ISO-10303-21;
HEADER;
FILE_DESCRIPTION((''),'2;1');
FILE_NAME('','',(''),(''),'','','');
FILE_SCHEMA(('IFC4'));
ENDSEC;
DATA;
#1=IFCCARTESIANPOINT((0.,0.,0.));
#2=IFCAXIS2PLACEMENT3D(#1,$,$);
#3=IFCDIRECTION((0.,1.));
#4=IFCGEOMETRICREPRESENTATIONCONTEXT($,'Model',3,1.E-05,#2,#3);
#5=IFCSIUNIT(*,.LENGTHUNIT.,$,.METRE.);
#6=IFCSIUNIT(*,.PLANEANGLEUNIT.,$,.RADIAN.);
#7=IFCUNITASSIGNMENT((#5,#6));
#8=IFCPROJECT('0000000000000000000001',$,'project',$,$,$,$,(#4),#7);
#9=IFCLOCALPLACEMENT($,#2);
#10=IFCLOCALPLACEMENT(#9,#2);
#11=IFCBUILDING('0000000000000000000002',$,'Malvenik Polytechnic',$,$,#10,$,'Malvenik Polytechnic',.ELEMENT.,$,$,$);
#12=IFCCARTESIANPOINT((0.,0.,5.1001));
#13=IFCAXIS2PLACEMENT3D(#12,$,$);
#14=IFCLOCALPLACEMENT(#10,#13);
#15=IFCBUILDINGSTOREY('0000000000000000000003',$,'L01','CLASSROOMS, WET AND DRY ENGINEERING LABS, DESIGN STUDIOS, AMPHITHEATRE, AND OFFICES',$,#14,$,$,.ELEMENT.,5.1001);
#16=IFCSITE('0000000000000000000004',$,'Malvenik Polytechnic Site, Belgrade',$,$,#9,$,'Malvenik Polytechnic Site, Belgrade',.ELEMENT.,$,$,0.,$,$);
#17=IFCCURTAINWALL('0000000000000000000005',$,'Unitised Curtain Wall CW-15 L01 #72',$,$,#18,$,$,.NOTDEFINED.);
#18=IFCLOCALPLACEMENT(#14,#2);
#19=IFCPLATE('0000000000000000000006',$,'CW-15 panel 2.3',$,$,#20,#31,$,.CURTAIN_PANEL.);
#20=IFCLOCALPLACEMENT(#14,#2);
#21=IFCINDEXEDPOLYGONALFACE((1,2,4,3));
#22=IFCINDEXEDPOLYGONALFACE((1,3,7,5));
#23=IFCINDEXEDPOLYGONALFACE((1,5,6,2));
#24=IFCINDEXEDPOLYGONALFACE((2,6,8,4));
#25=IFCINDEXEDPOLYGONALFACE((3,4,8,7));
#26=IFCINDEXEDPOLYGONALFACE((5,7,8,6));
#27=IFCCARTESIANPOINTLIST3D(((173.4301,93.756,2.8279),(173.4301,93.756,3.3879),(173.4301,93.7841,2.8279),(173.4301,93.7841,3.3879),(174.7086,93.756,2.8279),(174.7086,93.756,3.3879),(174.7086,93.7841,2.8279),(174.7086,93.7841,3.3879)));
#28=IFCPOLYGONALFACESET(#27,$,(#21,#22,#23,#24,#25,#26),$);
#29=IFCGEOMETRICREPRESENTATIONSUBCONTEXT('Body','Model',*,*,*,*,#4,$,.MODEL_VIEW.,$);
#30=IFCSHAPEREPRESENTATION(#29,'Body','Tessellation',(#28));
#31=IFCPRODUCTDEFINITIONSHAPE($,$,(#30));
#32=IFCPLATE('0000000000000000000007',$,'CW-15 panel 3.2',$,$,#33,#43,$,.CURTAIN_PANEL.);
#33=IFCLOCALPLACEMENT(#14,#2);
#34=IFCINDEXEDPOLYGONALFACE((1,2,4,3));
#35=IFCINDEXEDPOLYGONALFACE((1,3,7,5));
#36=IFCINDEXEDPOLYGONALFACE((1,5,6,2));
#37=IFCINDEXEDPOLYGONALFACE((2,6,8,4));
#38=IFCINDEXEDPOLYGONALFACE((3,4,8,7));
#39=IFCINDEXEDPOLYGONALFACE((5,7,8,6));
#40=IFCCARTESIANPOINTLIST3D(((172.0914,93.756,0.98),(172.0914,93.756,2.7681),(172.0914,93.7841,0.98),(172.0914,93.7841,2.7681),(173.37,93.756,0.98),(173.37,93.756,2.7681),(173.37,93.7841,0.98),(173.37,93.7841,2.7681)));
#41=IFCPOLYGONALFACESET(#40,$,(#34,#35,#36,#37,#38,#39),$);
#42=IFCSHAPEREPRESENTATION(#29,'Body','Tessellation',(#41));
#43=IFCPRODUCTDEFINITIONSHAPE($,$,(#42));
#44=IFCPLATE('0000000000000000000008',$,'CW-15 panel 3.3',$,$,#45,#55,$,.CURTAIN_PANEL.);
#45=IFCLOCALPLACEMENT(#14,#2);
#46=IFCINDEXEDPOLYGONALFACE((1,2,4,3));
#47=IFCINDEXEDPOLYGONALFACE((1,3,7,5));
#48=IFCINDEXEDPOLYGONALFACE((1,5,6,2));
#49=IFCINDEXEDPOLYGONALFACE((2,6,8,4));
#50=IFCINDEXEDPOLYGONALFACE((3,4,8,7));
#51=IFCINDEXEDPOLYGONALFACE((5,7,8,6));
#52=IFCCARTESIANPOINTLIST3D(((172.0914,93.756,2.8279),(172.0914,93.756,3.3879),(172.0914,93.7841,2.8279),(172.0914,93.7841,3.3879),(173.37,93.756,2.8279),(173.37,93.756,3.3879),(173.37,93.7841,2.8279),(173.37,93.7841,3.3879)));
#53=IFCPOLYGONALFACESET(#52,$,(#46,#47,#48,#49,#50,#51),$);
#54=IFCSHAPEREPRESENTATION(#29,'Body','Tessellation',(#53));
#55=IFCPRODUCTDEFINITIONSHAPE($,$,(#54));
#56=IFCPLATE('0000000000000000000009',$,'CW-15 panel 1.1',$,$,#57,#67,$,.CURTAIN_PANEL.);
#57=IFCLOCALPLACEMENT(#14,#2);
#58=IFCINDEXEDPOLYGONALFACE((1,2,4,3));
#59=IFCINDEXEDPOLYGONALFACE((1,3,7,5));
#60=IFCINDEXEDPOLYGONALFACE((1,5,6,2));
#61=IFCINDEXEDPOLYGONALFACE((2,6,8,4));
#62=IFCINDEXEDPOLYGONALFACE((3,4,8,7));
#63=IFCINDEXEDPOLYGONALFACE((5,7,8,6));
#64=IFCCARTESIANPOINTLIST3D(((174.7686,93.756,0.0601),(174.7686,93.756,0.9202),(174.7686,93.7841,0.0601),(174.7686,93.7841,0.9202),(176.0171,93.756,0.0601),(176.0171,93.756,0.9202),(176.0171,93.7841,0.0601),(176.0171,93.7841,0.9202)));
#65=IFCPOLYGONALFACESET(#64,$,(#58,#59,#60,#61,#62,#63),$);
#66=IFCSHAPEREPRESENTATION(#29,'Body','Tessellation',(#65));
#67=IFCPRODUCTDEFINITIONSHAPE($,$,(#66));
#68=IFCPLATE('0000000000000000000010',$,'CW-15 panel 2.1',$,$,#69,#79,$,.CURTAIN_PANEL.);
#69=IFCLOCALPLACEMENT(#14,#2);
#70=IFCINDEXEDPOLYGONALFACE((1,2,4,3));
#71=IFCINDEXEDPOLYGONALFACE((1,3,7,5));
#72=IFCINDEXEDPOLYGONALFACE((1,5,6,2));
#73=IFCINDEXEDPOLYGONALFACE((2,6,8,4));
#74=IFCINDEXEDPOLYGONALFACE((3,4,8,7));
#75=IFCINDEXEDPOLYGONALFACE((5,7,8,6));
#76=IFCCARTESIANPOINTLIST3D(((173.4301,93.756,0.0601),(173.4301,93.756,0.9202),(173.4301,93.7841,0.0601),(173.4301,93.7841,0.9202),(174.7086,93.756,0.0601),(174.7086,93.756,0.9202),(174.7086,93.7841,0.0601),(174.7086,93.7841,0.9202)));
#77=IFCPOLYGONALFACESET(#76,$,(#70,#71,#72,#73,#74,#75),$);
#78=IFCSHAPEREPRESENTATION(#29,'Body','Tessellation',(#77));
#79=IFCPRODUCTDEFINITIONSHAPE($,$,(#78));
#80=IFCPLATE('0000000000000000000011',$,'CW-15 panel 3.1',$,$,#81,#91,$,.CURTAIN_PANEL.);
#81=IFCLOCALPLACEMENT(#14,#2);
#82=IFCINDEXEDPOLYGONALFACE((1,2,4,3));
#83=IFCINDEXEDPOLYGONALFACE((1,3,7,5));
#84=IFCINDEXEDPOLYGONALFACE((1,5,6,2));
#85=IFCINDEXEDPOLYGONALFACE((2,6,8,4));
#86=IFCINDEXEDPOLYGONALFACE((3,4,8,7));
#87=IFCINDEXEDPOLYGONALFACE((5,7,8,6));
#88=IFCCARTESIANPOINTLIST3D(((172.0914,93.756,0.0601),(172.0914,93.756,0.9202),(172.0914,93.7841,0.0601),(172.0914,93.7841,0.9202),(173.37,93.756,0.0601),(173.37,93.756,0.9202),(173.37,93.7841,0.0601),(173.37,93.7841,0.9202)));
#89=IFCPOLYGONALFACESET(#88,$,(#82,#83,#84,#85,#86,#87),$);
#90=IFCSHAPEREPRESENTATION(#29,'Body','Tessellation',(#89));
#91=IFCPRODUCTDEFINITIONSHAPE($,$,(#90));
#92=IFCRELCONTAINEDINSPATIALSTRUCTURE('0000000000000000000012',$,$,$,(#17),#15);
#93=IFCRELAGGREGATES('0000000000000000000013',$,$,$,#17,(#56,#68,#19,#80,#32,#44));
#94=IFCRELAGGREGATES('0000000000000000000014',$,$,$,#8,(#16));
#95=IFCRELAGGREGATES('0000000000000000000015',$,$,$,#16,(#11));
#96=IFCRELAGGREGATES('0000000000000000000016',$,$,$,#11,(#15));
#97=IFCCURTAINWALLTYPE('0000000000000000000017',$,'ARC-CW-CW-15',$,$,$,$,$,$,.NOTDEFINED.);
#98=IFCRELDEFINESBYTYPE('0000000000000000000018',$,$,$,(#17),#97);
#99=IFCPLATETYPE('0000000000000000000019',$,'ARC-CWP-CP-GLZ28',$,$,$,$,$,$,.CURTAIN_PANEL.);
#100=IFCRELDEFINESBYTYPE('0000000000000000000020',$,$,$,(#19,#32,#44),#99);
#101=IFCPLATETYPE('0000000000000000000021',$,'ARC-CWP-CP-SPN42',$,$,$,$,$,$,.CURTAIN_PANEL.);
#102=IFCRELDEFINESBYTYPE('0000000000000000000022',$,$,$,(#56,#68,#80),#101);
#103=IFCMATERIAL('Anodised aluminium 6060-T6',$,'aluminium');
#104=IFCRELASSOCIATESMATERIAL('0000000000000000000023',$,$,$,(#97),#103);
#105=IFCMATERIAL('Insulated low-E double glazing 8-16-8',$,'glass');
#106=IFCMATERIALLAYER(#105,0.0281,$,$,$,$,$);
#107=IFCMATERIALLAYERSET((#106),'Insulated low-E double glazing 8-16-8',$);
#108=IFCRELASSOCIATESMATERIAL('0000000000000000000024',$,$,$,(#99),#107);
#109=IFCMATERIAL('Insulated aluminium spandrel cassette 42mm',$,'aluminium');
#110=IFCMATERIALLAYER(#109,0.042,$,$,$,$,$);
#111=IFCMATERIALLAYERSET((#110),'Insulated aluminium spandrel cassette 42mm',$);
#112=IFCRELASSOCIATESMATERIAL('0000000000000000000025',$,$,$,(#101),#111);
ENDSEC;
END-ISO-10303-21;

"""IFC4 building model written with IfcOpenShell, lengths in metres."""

from ifc_helpers import new_model, si_unit, direction, frame, origin, origin_2d, place, context, subcontext, project, spatial, rectangle, extrude, material, layer, layer_set, type_object, element, aggregate, save


model = new_model("IFC4")

# Units and contexts
model_context = context("Model", 3, precision=1e-05, world=origin(), true_north=direction((0.0, 1.0)))
body_context = subcontext(model_context, "Body", "Model", "MODEL_VIEW")
ifc_project = project(units=[si_unit("LENGTHUNIT", "METRE"), si_unit("PLANEANGLEUNIT", "RADIAN")], contexts=[model_context])

# Site, building, storey
site_placement = place(None, origin())
site = spatial("IfcSite", under=ifc_project, at=site_placement, Name="Malvenik Polytechnic Site, Belgrade", LongName="Malvenik Polytechnic Site, Belgrade", CompositionType="ELEMENT", RefElevation=0.0)
building_placement = place(site_placement, origin())
building = spatial("IfcBuilding", under=site, at=building_placement, Name="Malvenik Polytechnic", LongName="Malvenik Polytechnic", CompositionType="ELEMENT")
storey_placement = place(building_placement, frame((0.0, 0.0, 5.1001)))
storey = spatial("IfcBuildingStorey", under=building, at=storey_placement, Name="L01", Description="CLASSROOMS, WET AND DRY ENGINEERING LABS, DESIGN STUDIOS, AMPHITHEATRE, AND OFFICES", CompositionType="ELEMENT", Elevation=5.1001)

# Curtain wall, plates
ifc_material_1 = material(Name="Anodised aluminium 6060-T6", Category="aluminium")
curtain_wall_type = type_object("IfcCurtainWallType", Name="ARC-CW-CW-15", PredefinedType="NOTDEFINED", material=ifc_material_1)
curtain_wall_placement = place(storey_placement, origin())
curtain_wall = element("IfcCurtainWall", 1, at=curtain_wall_placement, inside=storey, type_object=curtain_wall_type, Name="Unitised Curtain Wall CW-15 L01 #72", PredefinedType="NOTDEFINED")
ifc_material_2 = material(Name="Insulated low-E double glazing 8-16-8", Category="glass")
ifc_layer_1 = layer(ifc_material_2, 0.0281)
ifc_layer_set_1 = layer_set([ifc_layer_1], Name="Insulated low-E double glazing 8-16-8")
plate_type_1 = type_object("IfcPlateType", Name="ARC-CWP-CP-GLZ28", PredefinedType="CURTAIN_PANEL", material=ifc_layer_set_1)
plate_1_placement = place(storey_placement, frame((174.0693, 93.77, 2.8279), z_axis=(0.0, 0.0, 1.0), x_axis=(-1.0, 0.0, 0.0)))
plate_1 = element("IfcPlate", 2, at=plate_1_placement, type_object=plate_type_1, Name="CW-15 panel 2.3", PredefinedType="CURTAIN_PANEL", context=body_context, shape_type="SweptSolid", body=[
    extrude(rectangle(XDim=1.2786, YDim=0.0281, at=origin_2d()), origin(), (0.0, 0.0, 1.0), 0.5601),
])
plate_2_placement = place(storey_placement, frame((172.7307, 93.77, 0.98), z_axis=(0.0, 0.0, 1.0), x_axis=(-1.0, 0.0, 0.0)))
plate_2 = element("IfcPlate", 3, at=plate_2_placement, type_object=plate_type_1, Name="CW-15 panel 3.2", PredefinedType="CURTAIN_PANEL", context=body_context, shape_type="SweptSolid", body=[
    extrude(rectangle(XDim=1.2786, YDim=0.0281, at=origin_2d()), origin(), (0.0, 0.0, 1.0), 1.7881),
])
plate_3_placement = place(storey_placement, frame((172.7307, 93.77, 2.8279), z_axis=(0.0, 0.0, 1.0), x_axis=(-1.0, 0.0, 0.0)))
plate_3 = element("IfcPlate", 4, at=plate_3_placement, type_object=plate_type_1, Name="CW-15 panel 3.3", PredefinedType="CURTAIN_PANEL", context=body_context, shape_type="SweptSolid", body=[
    extrude(rectangle(XDim=1.2786, YDim=0.0281, at=origin_2d()), origin(), (0.0, 0.0, 1.0), 0.5601),
])
ifc_material_3 = material(Name="Insulated aluminium spandrel cassette 42mm", Category="aluminium")
ifc_layer_2 = layer(ifc_material_3, 0.042)
ifc_layer_set_2 = layer_set([ifc_layer_2], Name="Insulated aluminium spandrel cassette 42mm")
plate_type_2 = type_object("IfcPlateType", Name="ARC-CWP-CP-SPN42", PredefinedType="CURTAIN_PANEL", material=ifc_layer_set_2)
plate_4_placement = place(storey_placement, frame((175.3928, 93.77, 0.0601), z_axis=(0.0, 0.0, 1.0), x_axis=(-1.0, 0.0, 0.0)))
plate_4 = element("IfcPlate", 5, at=plate_4_placement, type_object=plate_type_2, Name="CW-15 panel 1.1", PredefinedType="CURTAIN_PANEL", context=body_context, shape_type="SweptSolid", body=[
    extrude(rectangle(XDim=1.2485, YDim=0.0281, at=origin_2d()), origin(), (0.0, 0.0, 1.0), 0.8601),
])
plate_5_placement = place(storey_placement, frame((174.0693, 93.77, 0.0601), z_axis=(0.0, 0.0, 1.0), x_axis=(-1.0, 0.0, 0.0)))
plate_5 = element("IfcPlate", 6, at=plate_5_placement, type_object=plate_type_2, Name="CW-15 panel 2.1", PredefinedType="CURTAIN_PANEL", context=body_context, shape_type="SweptSolid", body=[
    extrude(rectangle(XDim=1.2786, YDim=0.0281, at=origin_2d()), origin(), (0.0, 0.0, 1.0), 0.8601),
])
plate_6_placement = place(storey_placement, frame((172.7307, 93.77, 0.0601), z_axis=(0.0, 0.0, 1.0), x_axis=(-1.0, 0.0, 0.0)))
plate_6 = element("IfcPlate", 7, at=plate_6_placement, type_object=plate_type_2, Name="CW-15 panel 3.1", PredefinedType="CURTAIN_PANEL", context=body_context, shape_type="SweptSolid", body=[
    extrude(rectangle(XDim=1.2786, YDim=0.0281, at=origin_2d()), origin(), (0.0, 0.0, 1.0), 0.8601),
])
aggregate(curtain_wall, [plate_4, plate_5, plate_1, plate_6, plate_2, plate_3])

save(model, "model.ifc")
